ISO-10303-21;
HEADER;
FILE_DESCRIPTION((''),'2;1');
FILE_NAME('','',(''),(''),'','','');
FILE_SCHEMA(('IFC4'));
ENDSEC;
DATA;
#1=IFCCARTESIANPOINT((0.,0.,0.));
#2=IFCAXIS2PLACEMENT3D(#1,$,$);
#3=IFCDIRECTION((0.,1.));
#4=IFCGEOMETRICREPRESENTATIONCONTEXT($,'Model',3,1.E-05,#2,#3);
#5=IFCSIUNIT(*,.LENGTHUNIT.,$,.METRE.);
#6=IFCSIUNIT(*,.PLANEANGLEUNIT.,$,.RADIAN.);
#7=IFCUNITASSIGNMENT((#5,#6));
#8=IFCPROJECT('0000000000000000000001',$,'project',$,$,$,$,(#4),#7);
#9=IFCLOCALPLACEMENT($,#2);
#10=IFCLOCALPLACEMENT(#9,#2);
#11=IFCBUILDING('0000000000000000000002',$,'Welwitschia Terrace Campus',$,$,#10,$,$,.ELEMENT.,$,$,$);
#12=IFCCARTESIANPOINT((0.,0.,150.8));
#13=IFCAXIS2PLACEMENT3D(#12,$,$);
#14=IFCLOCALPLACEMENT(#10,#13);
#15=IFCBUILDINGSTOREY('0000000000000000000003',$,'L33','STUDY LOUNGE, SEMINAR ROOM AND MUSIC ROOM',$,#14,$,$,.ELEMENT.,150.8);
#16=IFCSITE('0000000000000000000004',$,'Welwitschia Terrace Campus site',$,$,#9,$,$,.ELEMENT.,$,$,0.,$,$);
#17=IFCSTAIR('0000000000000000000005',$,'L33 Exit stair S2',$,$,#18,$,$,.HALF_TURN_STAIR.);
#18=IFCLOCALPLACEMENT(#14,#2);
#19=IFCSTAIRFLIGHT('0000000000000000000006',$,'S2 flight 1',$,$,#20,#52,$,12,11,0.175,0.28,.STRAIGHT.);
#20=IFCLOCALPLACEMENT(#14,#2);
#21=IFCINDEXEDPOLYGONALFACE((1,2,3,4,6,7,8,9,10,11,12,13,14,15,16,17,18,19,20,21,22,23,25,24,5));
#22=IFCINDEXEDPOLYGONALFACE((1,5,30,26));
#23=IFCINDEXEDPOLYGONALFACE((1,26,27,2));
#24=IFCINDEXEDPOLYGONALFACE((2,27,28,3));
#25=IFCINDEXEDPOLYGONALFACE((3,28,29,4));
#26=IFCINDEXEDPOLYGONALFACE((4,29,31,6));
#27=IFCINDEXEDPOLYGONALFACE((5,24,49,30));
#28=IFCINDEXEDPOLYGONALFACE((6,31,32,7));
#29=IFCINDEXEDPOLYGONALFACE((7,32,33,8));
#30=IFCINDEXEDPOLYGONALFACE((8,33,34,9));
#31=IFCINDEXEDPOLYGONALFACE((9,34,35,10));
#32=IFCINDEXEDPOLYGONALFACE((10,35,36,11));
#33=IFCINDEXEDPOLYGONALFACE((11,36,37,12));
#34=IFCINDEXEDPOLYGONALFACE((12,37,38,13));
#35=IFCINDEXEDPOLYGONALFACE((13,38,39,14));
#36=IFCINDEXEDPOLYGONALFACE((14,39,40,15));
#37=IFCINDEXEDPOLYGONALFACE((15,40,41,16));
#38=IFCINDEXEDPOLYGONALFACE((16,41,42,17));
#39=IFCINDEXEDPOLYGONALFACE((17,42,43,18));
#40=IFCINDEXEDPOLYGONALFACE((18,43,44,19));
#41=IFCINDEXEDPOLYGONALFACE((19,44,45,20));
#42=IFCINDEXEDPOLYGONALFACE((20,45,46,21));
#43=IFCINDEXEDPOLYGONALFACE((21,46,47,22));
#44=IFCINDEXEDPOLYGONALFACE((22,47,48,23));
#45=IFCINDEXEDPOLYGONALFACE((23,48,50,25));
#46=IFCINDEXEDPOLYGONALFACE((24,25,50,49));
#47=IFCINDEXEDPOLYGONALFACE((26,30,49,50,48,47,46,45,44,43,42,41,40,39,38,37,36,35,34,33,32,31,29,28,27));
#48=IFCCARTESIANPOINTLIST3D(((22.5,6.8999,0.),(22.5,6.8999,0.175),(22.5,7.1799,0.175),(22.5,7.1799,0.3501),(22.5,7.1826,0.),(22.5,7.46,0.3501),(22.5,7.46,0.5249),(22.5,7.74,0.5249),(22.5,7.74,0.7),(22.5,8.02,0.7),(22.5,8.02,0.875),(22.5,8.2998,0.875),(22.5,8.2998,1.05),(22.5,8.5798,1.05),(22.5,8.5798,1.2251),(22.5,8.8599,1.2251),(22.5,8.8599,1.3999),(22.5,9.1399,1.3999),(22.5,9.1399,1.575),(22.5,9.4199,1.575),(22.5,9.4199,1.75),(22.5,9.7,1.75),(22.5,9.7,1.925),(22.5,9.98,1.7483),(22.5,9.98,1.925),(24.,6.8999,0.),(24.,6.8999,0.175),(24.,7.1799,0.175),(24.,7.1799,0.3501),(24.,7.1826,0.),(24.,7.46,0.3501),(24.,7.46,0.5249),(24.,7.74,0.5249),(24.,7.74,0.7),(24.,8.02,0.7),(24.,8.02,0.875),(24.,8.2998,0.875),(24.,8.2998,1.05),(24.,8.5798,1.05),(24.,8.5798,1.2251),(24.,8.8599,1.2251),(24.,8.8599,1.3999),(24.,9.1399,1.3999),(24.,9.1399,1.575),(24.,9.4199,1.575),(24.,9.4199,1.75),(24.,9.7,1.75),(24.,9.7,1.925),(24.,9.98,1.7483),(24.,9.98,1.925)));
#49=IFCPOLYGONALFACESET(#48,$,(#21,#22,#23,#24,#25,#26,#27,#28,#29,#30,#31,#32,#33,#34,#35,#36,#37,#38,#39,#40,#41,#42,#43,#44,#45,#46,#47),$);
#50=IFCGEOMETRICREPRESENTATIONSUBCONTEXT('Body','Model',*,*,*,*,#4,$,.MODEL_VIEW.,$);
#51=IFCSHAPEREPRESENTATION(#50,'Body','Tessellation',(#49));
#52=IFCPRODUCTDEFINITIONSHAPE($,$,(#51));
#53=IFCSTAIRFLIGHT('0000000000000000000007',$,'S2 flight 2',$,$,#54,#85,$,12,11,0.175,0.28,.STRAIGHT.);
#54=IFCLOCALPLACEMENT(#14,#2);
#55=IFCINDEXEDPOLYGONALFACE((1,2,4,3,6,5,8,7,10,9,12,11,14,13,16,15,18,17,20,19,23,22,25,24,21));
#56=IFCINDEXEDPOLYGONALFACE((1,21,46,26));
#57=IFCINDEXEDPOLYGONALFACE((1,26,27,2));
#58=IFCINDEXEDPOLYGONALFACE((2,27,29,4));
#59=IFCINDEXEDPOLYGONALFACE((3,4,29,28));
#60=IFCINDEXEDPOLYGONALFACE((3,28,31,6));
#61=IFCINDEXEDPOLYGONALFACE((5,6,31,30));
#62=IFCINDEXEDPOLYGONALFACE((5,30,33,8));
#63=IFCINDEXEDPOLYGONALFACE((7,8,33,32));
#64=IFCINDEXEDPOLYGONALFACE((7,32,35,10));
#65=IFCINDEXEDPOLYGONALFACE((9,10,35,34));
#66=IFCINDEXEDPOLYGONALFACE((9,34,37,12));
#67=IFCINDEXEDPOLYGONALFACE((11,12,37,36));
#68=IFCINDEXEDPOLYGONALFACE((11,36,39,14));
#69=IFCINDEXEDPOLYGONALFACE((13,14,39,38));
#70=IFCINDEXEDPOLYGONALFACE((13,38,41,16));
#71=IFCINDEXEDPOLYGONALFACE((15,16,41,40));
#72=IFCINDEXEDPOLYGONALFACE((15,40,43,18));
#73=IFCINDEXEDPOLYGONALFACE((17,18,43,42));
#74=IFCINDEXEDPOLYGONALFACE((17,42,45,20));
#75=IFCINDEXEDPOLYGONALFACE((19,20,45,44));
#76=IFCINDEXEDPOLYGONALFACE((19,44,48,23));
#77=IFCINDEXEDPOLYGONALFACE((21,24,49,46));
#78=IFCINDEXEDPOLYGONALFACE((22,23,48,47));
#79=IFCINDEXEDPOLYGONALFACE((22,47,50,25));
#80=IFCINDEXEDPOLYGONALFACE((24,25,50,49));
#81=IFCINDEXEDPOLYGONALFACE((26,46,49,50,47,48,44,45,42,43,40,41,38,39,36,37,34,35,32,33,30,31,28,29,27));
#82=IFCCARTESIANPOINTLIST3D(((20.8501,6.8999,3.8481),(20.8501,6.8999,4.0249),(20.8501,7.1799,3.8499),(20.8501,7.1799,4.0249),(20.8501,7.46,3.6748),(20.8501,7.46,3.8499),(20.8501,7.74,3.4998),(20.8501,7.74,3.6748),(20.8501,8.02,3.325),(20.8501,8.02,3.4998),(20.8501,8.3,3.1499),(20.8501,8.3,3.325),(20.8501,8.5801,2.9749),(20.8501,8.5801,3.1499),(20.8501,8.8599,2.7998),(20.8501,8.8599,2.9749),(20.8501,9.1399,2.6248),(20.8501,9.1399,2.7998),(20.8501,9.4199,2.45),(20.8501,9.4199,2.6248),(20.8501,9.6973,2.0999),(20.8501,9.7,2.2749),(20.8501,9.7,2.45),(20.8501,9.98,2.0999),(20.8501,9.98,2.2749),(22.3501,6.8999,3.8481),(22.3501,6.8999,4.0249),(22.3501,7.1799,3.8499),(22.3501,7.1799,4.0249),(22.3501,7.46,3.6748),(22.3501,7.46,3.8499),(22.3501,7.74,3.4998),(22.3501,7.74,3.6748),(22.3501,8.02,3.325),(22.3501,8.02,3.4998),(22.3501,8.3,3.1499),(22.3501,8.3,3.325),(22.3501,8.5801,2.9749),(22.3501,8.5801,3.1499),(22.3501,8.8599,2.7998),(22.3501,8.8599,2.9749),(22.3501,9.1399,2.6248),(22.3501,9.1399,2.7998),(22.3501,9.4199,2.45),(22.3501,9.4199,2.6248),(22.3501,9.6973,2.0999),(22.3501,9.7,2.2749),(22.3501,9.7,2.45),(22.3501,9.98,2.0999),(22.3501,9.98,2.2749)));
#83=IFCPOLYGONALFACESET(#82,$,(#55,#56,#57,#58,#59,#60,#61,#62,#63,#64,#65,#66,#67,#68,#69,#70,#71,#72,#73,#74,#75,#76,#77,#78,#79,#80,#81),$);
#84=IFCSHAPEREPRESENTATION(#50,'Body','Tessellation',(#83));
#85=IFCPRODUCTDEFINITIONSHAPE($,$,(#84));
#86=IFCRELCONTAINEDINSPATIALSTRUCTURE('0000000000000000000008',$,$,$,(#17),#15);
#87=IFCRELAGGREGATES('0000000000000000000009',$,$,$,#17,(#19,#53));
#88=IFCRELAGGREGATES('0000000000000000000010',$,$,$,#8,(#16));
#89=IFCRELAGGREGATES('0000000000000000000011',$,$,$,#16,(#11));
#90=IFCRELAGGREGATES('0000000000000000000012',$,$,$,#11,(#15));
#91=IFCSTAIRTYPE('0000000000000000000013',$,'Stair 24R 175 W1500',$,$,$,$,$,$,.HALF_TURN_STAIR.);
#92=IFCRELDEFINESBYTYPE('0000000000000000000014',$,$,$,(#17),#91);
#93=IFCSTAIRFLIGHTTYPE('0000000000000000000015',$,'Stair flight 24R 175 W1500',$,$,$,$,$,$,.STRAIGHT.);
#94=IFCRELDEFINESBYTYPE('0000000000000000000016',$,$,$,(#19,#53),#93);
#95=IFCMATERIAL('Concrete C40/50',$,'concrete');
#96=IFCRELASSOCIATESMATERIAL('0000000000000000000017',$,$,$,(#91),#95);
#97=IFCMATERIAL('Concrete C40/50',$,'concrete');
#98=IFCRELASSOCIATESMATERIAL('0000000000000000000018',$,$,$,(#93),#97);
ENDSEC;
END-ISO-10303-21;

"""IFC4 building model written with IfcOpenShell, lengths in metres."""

from ifc_helpers import new_model, si_unit, direction, frame, origin, place, context, subcontext, project, spatial, polyline, outline, extrude, material, type_object, element, aggregate, save


model = new_model("IFC4")

# Units and contexts
model_context = context("Model", 3, precision=1e-05, world=origin(), true_north=direction((0.0, 1.0)))
body_context = subcontext(model_context, "Body", "Model", "MODEL_VIEW")
ifc_project = project(units=[si_unit("LENGTHUNIT", "METRE"), si_unit("PLANEANGLEUNIT", "RADIAN")], contexts=[model_context])

# Site, building, storey
site_placement = place(None, origin())
site = spatial("IfcSite", under=ifc_project, at=site_placement, Name="Welwitschia Terrace Campus site", CompositionType="ELEMENT", RefElevation=0.0)
building_placement = place(site_placement, origin())
building = spatial("IfcBuilding", under=site, at=building_placement, Name="Welwitschia Terrace Campus", CompositionType="ELEMENT")
storey_placement = place(building_placement, frame((0.0, 0.0, 150.8)))
storey = spatial("IfcBuildingStorey", under=building, at=storey_placement, Name="L33", Description="STUDY LOUNGE, SEMINAR ROOM AND MUSIC ROOM", CompositionType="ELEMENT", Elevation=150.8)

# Stair, stair flights
ifc_material_1 = material(Name="Concrete C40/50", Category="concrete")
stair_type = type_object("IfcStairType", Name="Stair 24R 175 W1500", PredefinedType="HALF_TURN_STAIR", material=ifc_material_1)
stair_placement = place(storey_placement, origin())
stair = element("IfcStair", 1, at=stair_placement, inside=storey, type_object=stair_type, Name="L33 Exit stair S2", PredefinedType="HALF_TURN_STAIR")
ifc_material_2 = material(Name="Concrete C40/50", Category="concrete")
stair_flight_type = type_object("IfcStairFlightType", Name="Stair flight 24R 175 W1500", PredefinedType="STRAIGHT", material=ifc_material_2)
stair_flight_1_placement = place(storey_placement, frame((23.25, 6.8999, 0.0), z_axis=(0.0, 0.0, 1.0), x_axis=(0.0, 1.0, 0.0)))
stair_flight_1 = element("IfcStairFlight", 2, at=stair_flight_1_placement, type_object=stair_flight_type, Name="S2 flight 1", NumberOfRisers=12, NumberOfTreads=11, PredefinedType="STRAIGHT", RiserHeight=0.175, TreadLength=0.28, context=body_context, shape_type="SweptSolid", body=[
    extrude(outline(polyline([(0.0, 0.0), (0.0, 0.175), (0.28, 0.175), (0.28, 0.3501), (0.5601, 0.3501), (0.5601, 0.5249), (0.8401, 0.5249), (0.8401, 0.7), (1.1201, 0.7), (1.1201, 0.875), (1.3999, 0.875), (1.3999, 1.05), (1.6799, 1.05), (1.6799, 1.2251), (1.96, 1.2251), (1.96, 1.3999), (2.24, 1.3999), (2.24, 1.575), (2.52, 1.575), (2.52, 1.75), (2.8, 1.75), (2.8, 1.925), (3.0801, 1.925), (3.0801, 2.1001), (3.0801, 1.7483), (0.2827, 0.0), (0.0, 0.0)])), frame((0.0, 0.75, 0.0), z_axis=(0.0, -1.0, 0.0), x_axis=(1.0, 0.0, 0.0)), (0.0, 0.0, 1.0), 1.5),
])
stair_flight_2_placement = place(storey_placement, frame((21.6001, 9.98, 2.0999), z_axis=(0.0, 0.0, 1.0), x_axis=(0.0, -1.0, 0.0)))
stair_flight_2 = element("IfcStairFlight", 3, at=stair_flight_2_placement, type_object=stair_flight_type, Name="S2 flight 2", NumberOfRisers=12, NumberOfTreads=11, PredefinedType="STRAIGHT", RiserHeight=0.175, TreadLength=0.28, context=body_context, shape_type="SweptSolid", body=[
    extrude(outline(polyline([(0.0, 0.0), (0.0, 0.175), (0.28, 0.175), (0.28, 0.3501), (0.5601, 0.3501), (0.5601, 0.5249), (0.8401, 0.5249), (0.8401, 0.7), (1.1201, 0.7), (1.1201, 0.875), (1.3999, 0.875), (1.3999, 1.05), (1.6799, 1.05), (1.6799, 1.2251), (1.96, 1.2251), (1.96, 1.3999), (2.24, 1.3999), (2.24, 1.575), (2.52, 1.575), (2.52, 1.75), (2.8, 1.75), (2.8, 1.925), (3.0801, 1.925), (3.0801, 2.1001), (3.0801, 1.7483), (0.2827, 0.0), (0.0, 0.0)])), frame((0.0, 0.75, 0.0), z_axis=(0.0, -1.0, 0.0), x_axis=(1.0, 0.0, 0.0)), (0.0, 0.0, 1.0), 1.5),
])
aggregate(stair, [stair_flight_1, stair_flight_2])

save(model, "model.ifc")
